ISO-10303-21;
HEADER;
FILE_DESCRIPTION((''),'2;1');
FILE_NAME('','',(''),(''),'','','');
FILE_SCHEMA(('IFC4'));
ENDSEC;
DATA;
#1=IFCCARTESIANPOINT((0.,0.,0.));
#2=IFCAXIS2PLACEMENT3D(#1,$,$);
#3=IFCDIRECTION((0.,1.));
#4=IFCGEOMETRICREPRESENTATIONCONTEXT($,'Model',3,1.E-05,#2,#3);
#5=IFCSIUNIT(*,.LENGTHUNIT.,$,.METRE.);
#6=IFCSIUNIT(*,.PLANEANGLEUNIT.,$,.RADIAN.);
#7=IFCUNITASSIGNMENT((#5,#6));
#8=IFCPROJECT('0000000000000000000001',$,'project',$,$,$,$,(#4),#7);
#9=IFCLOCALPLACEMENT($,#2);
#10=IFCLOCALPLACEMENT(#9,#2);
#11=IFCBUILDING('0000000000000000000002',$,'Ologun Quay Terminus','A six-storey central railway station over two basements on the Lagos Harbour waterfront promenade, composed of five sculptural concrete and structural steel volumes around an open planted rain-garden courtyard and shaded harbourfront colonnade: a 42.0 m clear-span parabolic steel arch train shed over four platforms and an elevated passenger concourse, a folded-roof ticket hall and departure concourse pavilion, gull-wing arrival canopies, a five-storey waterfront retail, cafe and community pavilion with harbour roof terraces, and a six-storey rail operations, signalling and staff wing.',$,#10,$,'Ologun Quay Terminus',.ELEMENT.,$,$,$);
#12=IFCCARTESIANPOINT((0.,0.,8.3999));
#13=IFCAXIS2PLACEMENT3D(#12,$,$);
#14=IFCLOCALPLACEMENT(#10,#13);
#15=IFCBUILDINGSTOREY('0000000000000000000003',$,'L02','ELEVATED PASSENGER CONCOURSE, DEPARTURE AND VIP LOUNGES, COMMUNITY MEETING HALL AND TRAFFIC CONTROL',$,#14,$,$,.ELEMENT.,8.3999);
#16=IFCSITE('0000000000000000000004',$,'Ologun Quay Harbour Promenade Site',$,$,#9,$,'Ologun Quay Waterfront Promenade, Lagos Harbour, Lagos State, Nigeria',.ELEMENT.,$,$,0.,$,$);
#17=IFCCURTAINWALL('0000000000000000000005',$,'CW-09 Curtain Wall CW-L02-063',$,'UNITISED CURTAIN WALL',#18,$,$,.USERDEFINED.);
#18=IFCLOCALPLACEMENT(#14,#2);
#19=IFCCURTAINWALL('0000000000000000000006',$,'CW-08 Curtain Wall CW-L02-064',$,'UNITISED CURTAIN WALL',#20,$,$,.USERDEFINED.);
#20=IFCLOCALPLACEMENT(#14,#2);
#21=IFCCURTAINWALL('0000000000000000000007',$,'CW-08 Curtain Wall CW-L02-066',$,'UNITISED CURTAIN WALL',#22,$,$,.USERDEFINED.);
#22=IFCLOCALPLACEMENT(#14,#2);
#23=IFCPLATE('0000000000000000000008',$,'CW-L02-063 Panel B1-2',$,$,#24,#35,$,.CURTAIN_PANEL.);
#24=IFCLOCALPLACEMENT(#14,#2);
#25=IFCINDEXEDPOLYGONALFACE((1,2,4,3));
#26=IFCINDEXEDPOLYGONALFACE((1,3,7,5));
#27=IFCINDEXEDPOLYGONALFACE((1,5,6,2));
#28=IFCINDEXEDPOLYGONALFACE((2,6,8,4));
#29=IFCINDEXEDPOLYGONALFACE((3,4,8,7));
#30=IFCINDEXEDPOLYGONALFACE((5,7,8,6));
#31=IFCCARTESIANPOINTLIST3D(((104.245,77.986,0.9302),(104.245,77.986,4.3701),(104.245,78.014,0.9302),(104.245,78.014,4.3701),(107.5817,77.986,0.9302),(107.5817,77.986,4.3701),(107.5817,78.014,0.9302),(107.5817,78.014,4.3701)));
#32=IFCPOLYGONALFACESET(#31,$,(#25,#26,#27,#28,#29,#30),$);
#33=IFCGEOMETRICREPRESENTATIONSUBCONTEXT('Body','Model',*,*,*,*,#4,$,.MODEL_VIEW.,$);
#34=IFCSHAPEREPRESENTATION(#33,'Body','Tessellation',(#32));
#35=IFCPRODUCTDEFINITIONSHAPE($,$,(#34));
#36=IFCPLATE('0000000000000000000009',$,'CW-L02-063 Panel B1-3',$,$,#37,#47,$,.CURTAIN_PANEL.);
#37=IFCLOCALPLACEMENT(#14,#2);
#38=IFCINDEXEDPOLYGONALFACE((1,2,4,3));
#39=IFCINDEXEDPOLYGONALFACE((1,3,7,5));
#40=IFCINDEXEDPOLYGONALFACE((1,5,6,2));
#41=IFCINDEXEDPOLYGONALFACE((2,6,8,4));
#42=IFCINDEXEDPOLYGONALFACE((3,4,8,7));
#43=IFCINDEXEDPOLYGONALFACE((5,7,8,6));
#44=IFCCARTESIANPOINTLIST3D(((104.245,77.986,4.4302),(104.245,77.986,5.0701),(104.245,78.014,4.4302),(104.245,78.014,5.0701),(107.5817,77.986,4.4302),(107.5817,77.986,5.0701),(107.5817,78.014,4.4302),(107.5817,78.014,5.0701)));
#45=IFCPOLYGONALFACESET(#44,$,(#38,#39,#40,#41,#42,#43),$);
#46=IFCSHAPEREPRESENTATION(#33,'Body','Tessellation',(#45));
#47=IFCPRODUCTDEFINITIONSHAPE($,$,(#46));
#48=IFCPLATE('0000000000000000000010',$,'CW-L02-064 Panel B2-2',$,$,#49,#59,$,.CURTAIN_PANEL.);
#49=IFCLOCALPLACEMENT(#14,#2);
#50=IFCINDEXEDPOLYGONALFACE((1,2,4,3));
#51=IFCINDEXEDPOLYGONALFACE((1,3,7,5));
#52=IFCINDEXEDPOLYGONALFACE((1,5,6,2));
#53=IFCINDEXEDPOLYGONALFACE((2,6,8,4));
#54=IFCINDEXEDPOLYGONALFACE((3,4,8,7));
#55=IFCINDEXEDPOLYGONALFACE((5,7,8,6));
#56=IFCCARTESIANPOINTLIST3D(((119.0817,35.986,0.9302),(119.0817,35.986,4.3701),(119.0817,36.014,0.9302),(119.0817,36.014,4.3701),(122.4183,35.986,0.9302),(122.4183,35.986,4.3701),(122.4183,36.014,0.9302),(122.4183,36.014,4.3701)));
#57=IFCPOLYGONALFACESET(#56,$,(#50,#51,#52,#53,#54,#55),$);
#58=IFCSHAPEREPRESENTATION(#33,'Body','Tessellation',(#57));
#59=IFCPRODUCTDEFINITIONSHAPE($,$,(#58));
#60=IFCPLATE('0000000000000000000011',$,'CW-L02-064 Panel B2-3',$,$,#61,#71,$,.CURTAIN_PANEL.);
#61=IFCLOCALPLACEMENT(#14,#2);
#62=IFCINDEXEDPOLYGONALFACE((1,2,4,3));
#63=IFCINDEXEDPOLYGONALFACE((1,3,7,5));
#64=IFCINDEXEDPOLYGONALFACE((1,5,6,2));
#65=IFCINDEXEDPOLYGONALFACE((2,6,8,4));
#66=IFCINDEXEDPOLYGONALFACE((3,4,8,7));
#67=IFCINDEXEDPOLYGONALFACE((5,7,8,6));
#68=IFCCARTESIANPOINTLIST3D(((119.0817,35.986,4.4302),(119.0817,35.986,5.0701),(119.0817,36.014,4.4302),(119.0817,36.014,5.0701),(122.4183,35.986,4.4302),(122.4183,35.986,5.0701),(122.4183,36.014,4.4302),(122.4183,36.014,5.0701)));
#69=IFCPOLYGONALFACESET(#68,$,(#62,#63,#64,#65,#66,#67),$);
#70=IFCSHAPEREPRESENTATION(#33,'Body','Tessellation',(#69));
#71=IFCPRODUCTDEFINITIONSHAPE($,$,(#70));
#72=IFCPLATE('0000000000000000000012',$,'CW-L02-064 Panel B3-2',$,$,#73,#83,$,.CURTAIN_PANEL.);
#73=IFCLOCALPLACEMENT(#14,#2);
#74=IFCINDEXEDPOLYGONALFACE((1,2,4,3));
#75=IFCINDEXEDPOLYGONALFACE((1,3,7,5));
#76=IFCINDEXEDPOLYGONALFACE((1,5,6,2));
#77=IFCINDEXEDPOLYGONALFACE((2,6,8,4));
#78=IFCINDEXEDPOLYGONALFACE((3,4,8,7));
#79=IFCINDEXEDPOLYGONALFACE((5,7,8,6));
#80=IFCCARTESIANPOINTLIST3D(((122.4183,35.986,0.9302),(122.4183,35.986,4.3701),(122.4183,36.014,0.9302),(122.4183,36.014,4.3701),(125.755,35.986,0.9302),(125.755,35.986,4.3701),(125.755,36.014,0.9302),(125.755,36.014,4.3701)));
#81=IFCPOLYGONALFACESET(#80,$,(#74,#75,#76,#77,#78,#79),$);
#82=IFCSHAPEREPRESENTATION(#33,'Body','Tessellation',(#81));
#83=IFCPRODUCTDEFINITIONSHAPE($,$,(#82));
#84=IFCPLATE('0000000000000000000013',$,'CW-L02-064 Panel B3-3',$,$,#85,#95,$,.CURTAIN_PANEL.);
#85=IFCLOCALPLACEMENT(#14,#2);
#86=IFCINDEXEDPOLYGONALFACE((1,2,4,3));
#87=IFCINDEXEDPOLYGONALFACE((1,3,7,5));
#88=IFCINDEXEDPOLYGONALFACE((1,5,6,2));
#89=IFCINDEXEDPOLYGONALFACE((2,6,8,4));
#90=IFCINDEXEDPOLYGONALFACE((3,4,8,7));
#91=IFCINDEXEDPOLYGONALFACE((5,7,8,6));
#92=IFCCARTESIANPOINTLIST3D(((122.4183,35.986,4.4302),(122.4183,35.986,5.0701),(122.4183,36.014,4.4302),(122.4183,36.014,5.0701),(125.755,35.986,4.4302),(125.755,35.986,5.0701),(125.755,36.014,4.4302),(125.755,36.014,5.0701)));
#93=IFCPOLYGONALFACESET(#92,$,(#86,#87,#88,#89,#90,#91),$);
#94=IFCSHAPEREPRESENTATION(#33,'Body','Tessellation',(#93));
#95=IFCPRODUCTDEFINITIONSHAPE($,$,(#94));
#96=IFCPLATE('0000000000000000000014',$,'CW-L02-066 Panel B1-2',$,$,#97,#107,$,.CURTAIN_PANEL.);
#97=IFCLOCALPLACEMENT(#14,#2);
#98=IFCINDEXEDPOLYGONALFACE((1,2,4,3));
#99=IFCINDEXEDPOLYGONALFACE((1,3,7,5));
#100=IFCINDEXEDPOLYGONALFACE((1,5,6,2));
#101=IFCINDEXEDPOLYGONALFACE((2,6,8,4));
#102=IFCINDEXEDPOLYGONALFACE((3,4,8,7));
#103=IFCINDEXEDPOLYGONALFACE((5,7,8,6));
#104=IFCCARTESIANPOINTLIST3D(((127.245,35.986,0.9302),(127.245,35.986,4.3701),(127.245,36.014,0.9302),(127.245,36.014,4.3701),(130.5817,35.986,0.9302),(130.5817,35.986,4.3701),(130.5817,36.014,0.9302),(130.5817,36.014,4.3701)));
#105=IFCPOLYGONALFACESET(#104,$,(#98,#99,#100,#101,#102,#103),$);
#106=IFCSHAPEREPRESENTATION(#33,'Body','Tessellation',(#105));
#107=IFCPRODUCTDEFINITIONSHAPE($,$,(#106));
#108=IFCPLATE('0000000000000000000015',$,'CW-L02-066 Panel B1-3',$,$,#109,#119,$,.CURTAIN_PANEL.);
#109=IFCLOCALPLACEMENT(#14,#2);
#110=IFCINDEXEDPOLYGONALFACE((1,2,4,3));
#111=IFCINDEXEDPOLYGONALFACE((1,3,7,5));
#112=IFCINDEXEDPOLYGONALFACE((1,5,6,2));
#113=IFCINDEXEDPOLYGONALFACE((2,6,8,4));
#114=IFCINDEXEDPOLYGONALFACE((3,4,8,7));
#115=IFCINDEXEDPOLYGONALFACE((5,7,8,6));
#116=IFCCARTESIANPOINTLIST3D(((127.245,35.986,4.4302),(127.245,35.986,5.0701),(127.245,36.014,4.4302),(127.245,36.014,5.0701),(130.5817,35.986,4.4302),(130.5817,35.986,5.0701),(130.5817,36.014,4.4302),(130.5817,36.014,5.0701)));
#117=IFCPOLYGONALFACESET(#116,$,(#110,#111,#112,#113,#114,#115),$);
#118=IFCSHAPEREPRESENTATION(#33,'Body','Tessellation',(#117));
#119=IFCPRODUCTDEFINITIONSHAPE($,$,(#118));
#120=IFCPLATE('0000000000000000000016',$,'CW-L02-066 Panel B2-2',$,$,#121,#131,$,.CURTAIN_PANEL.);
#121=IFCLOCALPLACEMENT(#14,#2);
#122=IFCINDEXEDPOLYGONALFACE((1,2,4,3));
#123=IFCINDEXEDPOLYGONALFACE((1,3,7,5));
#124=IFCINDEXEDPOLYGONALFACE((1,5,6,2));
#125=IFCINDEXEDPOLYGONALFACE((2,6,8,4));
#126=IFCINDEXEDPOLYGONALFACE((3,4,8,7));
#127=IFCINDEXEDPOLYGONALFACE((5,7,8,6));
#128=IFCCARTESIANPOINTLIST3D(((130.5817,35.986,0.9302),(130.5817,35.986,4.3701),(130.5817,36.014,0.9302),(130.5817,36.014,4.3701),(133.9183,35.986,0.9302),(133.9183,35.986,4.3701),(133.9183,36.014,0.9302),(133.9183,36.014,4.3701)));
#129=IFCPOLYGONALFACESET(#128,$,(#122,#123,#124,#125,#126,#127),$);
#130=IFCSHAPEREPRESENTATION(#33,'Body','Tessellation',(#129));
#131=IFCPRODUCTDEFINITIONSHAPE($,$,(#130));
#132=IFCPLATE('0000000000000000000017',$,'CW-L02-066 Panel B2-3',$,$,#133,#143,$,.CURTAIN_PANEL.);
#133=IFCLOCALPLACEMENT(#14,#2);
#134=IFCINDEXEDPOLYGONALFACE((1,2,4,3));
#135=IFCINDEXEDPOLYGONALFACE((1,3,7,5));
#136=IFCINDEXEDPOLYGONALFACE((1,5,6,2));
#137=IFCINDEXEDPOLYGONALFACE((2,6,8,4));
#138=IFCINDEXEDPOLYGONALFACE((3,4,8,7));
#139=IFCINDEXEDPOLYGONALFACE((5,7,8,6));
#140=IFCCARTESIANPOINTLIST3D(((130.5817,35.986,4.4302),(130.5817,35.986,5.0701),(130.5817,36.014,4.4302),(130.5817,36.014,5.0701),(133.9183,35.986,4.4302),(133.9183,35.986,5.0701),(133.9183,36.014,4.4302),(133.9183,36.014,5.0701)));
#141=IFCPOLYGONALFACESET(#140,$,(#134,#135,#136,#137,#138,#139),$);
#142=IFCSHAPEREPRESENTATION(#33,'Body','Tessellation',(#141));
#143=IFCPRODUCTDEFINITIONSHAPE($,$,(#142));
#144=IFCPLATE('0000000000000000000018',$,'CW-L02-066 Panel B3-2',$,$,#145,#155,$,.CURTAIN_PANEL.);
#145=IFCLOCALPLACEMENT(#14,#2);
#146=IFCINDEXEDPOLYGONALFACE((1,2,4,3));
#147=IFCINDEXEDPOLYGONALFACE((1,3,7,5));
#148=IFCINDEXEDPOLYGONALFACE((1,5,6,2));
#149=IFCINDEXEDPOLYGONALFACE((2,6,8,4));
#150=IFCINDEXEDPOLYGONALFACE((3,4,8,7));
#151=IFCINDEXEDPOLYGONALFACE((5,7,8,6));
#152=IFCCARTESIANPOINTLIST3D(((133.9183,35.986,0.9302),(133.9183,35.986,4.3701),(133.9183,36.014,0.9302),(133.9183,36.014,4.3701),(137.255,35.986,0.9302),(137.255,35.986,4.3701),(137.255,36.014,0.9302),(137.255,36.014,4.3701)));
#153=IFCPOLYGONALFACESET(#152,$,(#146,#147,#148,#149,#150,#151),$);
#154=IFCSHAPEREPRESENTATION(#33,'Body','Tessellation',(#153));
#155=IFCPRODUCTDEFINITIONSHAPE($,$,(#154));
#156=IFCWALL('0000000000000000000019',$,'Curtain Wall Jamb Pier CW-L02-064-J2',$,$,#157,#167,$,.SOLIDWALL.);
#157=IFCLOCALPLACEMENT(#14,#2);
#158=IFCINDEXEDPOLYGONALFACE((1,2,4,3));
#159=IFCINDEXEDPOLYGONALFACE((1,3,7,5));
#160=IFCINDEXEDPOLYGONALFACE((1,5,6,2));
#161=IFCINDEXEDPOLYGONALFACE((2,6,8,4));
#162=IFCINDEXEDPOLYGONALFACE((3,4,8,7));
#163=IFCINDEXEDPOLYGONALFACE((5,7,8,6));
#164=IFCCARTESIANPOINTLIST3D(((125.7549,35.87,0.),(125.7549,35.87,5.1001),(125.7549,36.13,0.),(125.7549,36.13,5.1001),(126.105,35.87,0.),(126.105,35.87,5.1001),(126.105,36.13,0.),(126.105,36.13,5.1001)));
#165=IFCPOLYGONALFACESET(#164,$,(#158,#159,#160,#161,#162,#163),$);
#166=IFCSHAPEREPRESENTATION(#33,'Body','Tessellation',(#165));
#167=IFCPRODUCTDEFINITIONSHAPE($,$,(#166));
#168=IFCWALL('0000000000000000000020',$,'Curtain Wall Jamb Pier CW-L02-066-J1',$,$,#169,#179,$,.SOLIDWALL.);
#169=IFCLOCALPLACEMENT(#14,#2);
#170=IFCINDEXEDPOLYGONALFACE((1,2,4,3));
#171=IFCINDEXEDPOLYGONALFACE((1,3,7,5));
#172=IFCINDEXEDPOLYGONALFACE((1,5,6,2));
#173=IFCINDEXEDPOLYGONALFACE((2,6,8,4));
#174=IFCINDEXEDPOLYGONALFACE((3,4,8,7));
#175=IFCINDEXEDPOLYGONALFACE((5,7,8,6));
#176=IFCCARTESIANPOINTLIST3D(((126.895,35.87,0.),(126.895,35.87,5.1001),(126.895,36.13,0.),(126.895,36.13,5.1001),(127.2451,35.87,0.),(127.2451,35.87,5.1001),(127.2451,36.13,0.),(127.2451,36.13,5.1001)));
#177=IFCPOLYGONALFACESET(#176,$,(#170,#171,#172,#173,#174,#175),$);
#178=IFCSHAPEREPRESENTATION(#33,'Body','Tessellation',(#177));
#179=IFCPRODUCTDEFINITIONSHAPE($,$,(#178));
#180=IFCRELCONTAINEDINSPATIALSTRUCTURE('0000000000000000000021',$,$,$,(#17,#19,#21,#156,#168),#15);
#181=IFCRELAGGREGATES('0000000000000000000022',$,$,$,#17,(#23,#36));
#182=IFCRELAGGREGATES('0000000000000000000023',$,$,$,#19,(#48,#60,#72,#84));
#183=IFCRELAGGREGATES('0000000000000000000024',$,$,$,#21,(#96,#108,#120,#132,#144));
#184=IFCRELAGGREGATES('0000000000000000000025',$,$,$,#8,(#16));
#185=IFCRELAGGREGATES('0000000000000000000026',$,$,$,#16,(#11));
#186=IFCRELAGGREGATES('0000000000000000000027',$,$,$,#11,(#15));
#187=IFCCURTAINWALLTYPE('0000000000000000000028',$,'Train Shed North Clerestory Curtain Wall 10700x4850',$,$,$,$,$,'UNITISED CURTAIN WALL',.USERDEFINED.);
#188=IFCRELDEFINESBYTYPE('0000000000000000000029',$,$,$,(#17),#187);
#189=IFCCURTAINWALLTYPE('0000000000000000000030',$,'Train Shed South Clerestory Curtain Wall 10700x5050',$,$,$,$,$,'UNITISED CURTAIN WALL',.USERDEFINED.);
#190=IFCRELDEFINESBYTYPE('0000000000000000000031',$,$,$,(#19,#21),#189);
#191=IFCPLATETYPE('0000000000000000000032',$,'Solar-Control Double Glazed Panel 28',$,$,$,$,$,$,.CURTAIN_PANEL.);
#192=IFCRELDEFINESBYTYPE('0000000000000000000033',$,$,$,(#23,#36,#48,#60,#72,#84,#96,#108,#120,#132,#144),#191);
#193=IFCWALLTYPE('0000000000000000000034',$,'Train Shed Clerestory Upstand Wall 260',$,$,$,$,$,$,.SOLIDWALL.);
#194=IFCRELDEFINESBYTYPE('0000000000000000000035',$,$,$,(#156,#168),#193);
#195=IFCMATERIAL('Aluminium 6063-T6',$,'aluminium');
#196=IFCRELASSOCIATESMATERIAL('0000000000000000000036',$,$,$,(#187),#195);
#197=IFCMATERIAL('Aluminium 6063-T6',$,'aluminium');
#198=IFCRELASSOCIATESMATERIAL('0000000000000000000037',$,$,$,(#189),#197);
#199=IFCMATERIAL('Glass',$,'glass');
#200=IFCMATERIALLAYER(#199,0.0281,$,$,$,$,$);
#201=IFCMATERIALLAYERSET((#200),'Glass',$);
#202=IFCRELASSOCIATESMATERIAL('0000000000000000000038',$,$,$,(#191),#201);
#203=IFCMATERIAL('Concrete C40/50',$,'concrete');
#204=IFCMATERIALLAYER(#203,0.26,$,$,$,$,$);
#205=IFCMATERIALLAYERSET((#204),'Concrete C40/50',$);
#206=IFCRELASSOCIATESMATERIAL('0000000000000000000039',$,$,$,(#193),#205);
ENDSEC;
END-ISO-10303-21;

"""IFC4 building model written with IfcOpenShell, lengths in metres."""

from ifc_helpers import new_model, si_unit, direction, frame, frame_2d, origin, origin_2d, place, context, subcontext, project, spatial, rectangle, extrude, material, layer, layer_set, type_object, element, aggregate, save


model = new_model("IFC4")

# Units and contexts
model_context = context("Model", 3, precision=1e-05, world=origin(), true_north=direction((0.0, 1.0)))
body_context = subcontext(model_context, "Body", "Model", "MODEL_VIEW")
ifc_project = project(units=[si_unit("LENGTHUNIT", "METRE"), si_unit("PLANEANGLEUNIT", "RADIAN")], contexts=[model_context])

# Site, building, storey
site_placement = place(None, origin())
site = spatial("IfcSite", under=ifc_project, at=site_placement, Name="Ologun Quay Harbour Promenade Site", LongName="Ologun Quay Waterfront Promenade, Lagos Harbour, Lagos State, Nigeria", CompositionType="ELEMENT", RefElevation=0.0)
building_placement = place(site_placement, origin())
building = spatial("IfcBuilding", under=site, at=building_placement, Name="Ologun Quay Terminus", Description="A six-storey central railway station over two basements on the Lagos Harbour waterfront promenade, composed of five sculptural concrete and structural steel volumes around an open planted rain-garden courtyard and shaded harbourfront colonnade: a 42.0 m clear-span parabolic steel arch train shed over four platforms and an elevated passenger concourse, a folded-roof ticket hall and departure concourse pavilion, gull-wing arrival canopies, a five-storey waterfront retail, cafe and community pavilion with harbour roof terraces, and a six-storey rail operations, signalling and staff wing.", LongName="Ologun Quay Terminus", CompositionType="ELEMENT")
storey_placement = place(building_placement, frame((0.0, 0.0, 8.3999)))
storey = spatial("IfcBuildingStorey", under=building, at=storey_placement, Name="L02", Description="ELEVATED PASSENGER CONCOURSE, DEPARTURE AND VIP LOUNGES, COMMUNITY MEETING HALL AND TRAFFIC CONTROL", CompositionType="ELEMENT", Elevation=8.3999)

# Curtain wall
ifc_material_1 = material(Name="Aluminium 6063-T6", Category="aluminium")
curtain_wall_type_1 = type_object("IfcCurtainWallType", Name="Train Shed North Clerestory Curtain Wall 10700x4850", ElementType="UNITISED CURTAIN WALL", PredefinedType="USERDEFINED", material=ifc_material_1)
curtain_wall_1_placement = place(storey_placement, origin())
curtain_wall_1 = element("IfcCurtainWall", 1, at=curtain_wall_1_placement, inside=storey, type_object=curtain_wall_type_1, Name="CW-09 Curtain Wall CW-L02-063", ObjectType="UNITISED CURTAIN WALL", PredefinedType="USERDEFINED")

# Curtain walls
ifc_material_2 = material(Name="Aluminium 6063-T6", Category="aluminium")
curtain_wall_type_2 = type_object("IfcCurtainWallType", Name="Train Shed South Clerestory Curtain Wall 10700x5050", ElementType="UNITISED CURTAIN WALL", PredefinedType="USERDEFINED", material=ifc_material_2)
curtain_wall_2_placement = place(storey_placement, origin())
curtain_wall_2 = element("IfcCurtainWall", 2, at=curtain_wall_2_placement, inside=storey, type_object=curtain_wall_type_2, Name="CW-08 Curtain Wall CW-L02-064", ObjectType="UNITISED CURTAIN WALL", PredefinedType="USERDEFINED")
curtain_wall_3_placement = place(storey_placement, origin())
curtain_wall_3 = element("IfcCurtainWall", 3, at=curtain_wall_3_placement, inside=storey, type_object=curtain_wall_type_2, Name="CW-08 Curtain Wall CW-L02-066", ObjectType="UNITISED CURTAIN WALL", PredefinedType="USERDEFINED")

# Plates
ifc_material_3 = material(Name="Glass", Category="glass")
ifc_layer_1 = layer(ifc_material_3, 0.0281)
ifc_layer_set_1 = layer_set([ifc_layer_1], Name="Glass")
plate_type_1 = type_object("IfcPlateType", Name="Solar-Control Double Glazed Panel 28", PredefinedType="CURTAIN_PANEL", material=ifc_layer_set_1)
plate_1_placement = place(storey_placement, frame((105.9133, 78.0, 0.9302), z_axis=(0.0, 0.0, 1.0), x_axis=(1.0, 0.0, 0.0)))
plate_1 = element("IfcPlate", 4, at=plate_1_placement, type_object=plate_type_1, Name="CW-L02-063 Panel B1-2", PredefinedType="CURTAIN_PANEL", context=body_context, shape_type="SweptSolid", body=[
    extrude(rectangle(XDim=3.3367, YDim=0.0281, at=origin_2d()), origin(), (0.0, 0.0, 1.0), 3.4399),
])
plate_2_placement = place(storey_placement, frame((105.9133, 78.0, 4.4302), z_axis=(0.0, 0.0, 1.0), x_axis=(1.0, 0.0, 0.0)))
plate_2 = element("IfcPlate", 5, at=plate_2_placement, type_object=plate_type_1, Name="CW-L02-063 Panel B1-3", PredefinedType="CURTAIN_PANEL", context=body_context, shape_type="SweptSolid", body=[
    extrude(rectangle(XDim=3.3367, YDim=0.0281, at=origin_2d()), origin(), (0.0, 0.0, 1.0), 0.6399),
])
aggregate(curtain_wall_1, [plate_1, plate_2])
plate_3_placement = place(storey_placement, frame((120.75, 36.0, 0.9302), z_axis=(0.0, 0.0, 1.0), x_axis=(1.0, 0.0, 0.0)))
plate_3 = element("IfcPlate", 6, at=plate_3_placement, type_object=plate_type_1, Name="CW-L02-064 Panel B2-2", PredefinedType="CURTAIN_PANEL", context=body_context, shape_type="SweptSolid", body=[
    extrude(rectangle(XDim=3.3367, YDim=0.0281, at=origin_2d()), origin(), (0.0, 0.0, 1.0), 3.4399),
])
plate_4_placement = place(storey_placement, frame((120.75, 36.0, 4.4302), z_axis=(0.0, 0.0, 1.0), x_axis=(1.0, 0.0, 0.0)))
plate_4 = element("IfcPlate", 7, at=plate_4_placement, type_object=plate_type_1, Name="CW-L02-064 Panel B2-3", PredefinedType="CURTAIN_PANEL", context=body_context, shape_type="SweptSolid", body=[
    extrude(rectangle(XDim=3.3367, YDim=0.0281, at=origin_2d()), origin(), (0.0, 0.0, 1.0), 0.6399),
])
plate_5_placement = place(storey_placement, frame((124.0867, 36.0, 0.9302), z_axis=(0.0, 0.0, 1.0), x_axis=(1.0, 0.0, 0.0)))
plate_5 = element("IfcPlate", 8, at=plate_5_placement, type_object=plate_type_1, Name="CW-L02-064 Panel B3-2", PredefinedType="CURTAIN_PANEL", context=body_context, shape_type="SweptSolid", body=[
    extrude(rectangle(XDim=3.3367, YDim=0.0281, at=origin_2d()), origin(), (0.0, 0.0, 1.0), 3.4399),
])
plate_6_placement = place(storey_placement, frame((124.0867, 36.0, 4.4302), z_axis=(0.0, 0.0, 1.0), x_axis=(1.0, 0.0, 0.0)))
plate_6 = element("IfcPlate", 9, at=plate_6_placement, type_object=plate_type_1, Name="CW-L02-064 Panel B3-3", PredefinedType="CURTAIN_PANEL", context=body_context, shape_type="SweptSolid", body=[
    extrude(rectangle(XDim=3.3367, YDim=0.0281, at=origin_2d()), origin(), (0.0, 0.0, 1.0), 0.6399),
])
aggregate(curtain_wall_2, [plate_3, plate_4, plate_5, plate_6])
plate_7_placement = place(storey_placement, frame((128.9133, 36.0, 0.9302), z_axis=(0.0, 0.0, 1.0), x_axis=(1.0, 0.0, 0.0)))
plate_7 = element("IfcPlate", 10, at=plate_7_placement, type_object=plate_type_1, Name="CW-L02-066 Panel B1-2", PredefinedType="CURTAIN_PANEL", context=body_context, shape_type="SweptSolid", body=[
    extrude(rectangle(XDim=3.3367, YDim=0.0281, at=origin_2d()), origin(), (0.0, 0.0, 1.0), 3.4399),
])
plate_8_placement = place(storey_placement, frame((128.9133, 36.0, 4.4302), z_axis=(0.0, 0.0, 1.0), x_axis=(1.0, 0.0, 0.0)))
plate_8 = element("IfcPlate", 11, at=plate_8_placement, type_object=plate_type_1, Name="CW-L02-066 Panel B1-3", PredefinedType="CURTAIN_PANEL", context=body_context, shape_type="SweptSolid", body=[
    extrude(rectangle(XDim=3.3367, YDim=0.0281, at=origin_2d()), origin(), (0.0, 0.0, 1.0), 0.6399),
])
plate_9_placement = place(storey_placement, frame((132.25, 36.0, 0.9302), z_axis=(0.0, 0.0, 1.0), x_axis=(1.0, 0.0, 0.0)))
plate_9 = element("IfcPlate", 12, at=plate_9_placement, type_object=plate_type_1, Name="CW-L02-066 Panel B2-2", PredefinedType="CURTAIN_PANEL", context=body_context, shape_type="SweptSolid", body=[
    extrude(rectangle(XDim=3.3367, YDim=0.0281, at=origin_2d()), origin(), (0.0, 0.0, 1.0), 3.4399),
])
plate_10_placement = place(storey_placement, frame((132.25, 36.0, 4.4302), z_axis=(0.0, 0.0, 1.0), x_axis=(1.0, 0.0, 0.0)))
plate_10 = element("IfcPlate", 13, at=plate_10_placement, type_object=plate_type_1, Name="CW-L02-066 Panel B2-3", PredefinedType="CURTAIN_PANEL", context=body_context, shape_type="SweptSolid", body=[
    extrude(rectangle(XDim=3.3367, YDim=0.0281, at=origin_2d()), origin(), (0.0, 0.0, 1.0), 0.6399),
])
plate_11_placement = place(storey_placement, frame((135.5867, 36.0, 0.9302), z_axis=(0.0, 0.0, 1.0), x_axis=(1.0, 0.0, 0.0)))
plate_11 = element("IfcPlate", 14, at=plate_11_placement, type_object=plate_type_1, Name="CW-L02-066 Panel B3-2", PredefinedType="CURTAIN_PANEL", context=body_context, shape_type="SweptSolid", body=[
    extrude(rectangle(XDim=3.3367, YDim=0.0281, at=origin_2d()), origin(), (0.0, 0.0, 1.0), 3.4399),
])
aggregate(curtain_wall_3, [plate_7, plate_8, plate_9, plate_10, plate_11])

# Walls
ifc_material_4 = material(Name="Concrete C40/50", Category="concrete")
ifc_layer_2 = layer(ifc_material_4, 0.26)
ifc_layer_set_2 = layer_set([ifc_layer_2], Name="Concrete C40/50")
wall_type = type_object("IfcWallType", Name="Train Shed Clerestory Upstand Wall 260", PredefinedType="SOLIDWALL", material=ifc_layer_set_2)
for number, where, z_axis, x_axis, name in (
    (15, (125.7549, 36.0, 0.0), (0.0, 0.0, 1.0), (1.0, 0.0, 0.0), "Curtain Wall Jamb Pier CW-L02-064-J2"),
    (16, (126.895, 36.0, 0.0), (0.0, 0.0, 1.0), (1.0, 0.0, 0.0), "Curtain Wall Jamb Pier CW-L02-066-J1"),
):
    element("IfcWall", number, at=place(storey_placement, frame(where, z_axis=z_axis, x_axis=x_axis)), inside=storey, type_object=wall_type, Name=name, PredefinedType="SOLIDWALL", context=body_context, shape_type="SweptSolid", body=[
        extrude(rectangle(XDim=0.3501, YDim=0.26, at=frame_2d((0.175, 0.0))), origin(), (0.0, 0.0, 1.0), 5.1001),
    ])

save(model, "model.ifc")
